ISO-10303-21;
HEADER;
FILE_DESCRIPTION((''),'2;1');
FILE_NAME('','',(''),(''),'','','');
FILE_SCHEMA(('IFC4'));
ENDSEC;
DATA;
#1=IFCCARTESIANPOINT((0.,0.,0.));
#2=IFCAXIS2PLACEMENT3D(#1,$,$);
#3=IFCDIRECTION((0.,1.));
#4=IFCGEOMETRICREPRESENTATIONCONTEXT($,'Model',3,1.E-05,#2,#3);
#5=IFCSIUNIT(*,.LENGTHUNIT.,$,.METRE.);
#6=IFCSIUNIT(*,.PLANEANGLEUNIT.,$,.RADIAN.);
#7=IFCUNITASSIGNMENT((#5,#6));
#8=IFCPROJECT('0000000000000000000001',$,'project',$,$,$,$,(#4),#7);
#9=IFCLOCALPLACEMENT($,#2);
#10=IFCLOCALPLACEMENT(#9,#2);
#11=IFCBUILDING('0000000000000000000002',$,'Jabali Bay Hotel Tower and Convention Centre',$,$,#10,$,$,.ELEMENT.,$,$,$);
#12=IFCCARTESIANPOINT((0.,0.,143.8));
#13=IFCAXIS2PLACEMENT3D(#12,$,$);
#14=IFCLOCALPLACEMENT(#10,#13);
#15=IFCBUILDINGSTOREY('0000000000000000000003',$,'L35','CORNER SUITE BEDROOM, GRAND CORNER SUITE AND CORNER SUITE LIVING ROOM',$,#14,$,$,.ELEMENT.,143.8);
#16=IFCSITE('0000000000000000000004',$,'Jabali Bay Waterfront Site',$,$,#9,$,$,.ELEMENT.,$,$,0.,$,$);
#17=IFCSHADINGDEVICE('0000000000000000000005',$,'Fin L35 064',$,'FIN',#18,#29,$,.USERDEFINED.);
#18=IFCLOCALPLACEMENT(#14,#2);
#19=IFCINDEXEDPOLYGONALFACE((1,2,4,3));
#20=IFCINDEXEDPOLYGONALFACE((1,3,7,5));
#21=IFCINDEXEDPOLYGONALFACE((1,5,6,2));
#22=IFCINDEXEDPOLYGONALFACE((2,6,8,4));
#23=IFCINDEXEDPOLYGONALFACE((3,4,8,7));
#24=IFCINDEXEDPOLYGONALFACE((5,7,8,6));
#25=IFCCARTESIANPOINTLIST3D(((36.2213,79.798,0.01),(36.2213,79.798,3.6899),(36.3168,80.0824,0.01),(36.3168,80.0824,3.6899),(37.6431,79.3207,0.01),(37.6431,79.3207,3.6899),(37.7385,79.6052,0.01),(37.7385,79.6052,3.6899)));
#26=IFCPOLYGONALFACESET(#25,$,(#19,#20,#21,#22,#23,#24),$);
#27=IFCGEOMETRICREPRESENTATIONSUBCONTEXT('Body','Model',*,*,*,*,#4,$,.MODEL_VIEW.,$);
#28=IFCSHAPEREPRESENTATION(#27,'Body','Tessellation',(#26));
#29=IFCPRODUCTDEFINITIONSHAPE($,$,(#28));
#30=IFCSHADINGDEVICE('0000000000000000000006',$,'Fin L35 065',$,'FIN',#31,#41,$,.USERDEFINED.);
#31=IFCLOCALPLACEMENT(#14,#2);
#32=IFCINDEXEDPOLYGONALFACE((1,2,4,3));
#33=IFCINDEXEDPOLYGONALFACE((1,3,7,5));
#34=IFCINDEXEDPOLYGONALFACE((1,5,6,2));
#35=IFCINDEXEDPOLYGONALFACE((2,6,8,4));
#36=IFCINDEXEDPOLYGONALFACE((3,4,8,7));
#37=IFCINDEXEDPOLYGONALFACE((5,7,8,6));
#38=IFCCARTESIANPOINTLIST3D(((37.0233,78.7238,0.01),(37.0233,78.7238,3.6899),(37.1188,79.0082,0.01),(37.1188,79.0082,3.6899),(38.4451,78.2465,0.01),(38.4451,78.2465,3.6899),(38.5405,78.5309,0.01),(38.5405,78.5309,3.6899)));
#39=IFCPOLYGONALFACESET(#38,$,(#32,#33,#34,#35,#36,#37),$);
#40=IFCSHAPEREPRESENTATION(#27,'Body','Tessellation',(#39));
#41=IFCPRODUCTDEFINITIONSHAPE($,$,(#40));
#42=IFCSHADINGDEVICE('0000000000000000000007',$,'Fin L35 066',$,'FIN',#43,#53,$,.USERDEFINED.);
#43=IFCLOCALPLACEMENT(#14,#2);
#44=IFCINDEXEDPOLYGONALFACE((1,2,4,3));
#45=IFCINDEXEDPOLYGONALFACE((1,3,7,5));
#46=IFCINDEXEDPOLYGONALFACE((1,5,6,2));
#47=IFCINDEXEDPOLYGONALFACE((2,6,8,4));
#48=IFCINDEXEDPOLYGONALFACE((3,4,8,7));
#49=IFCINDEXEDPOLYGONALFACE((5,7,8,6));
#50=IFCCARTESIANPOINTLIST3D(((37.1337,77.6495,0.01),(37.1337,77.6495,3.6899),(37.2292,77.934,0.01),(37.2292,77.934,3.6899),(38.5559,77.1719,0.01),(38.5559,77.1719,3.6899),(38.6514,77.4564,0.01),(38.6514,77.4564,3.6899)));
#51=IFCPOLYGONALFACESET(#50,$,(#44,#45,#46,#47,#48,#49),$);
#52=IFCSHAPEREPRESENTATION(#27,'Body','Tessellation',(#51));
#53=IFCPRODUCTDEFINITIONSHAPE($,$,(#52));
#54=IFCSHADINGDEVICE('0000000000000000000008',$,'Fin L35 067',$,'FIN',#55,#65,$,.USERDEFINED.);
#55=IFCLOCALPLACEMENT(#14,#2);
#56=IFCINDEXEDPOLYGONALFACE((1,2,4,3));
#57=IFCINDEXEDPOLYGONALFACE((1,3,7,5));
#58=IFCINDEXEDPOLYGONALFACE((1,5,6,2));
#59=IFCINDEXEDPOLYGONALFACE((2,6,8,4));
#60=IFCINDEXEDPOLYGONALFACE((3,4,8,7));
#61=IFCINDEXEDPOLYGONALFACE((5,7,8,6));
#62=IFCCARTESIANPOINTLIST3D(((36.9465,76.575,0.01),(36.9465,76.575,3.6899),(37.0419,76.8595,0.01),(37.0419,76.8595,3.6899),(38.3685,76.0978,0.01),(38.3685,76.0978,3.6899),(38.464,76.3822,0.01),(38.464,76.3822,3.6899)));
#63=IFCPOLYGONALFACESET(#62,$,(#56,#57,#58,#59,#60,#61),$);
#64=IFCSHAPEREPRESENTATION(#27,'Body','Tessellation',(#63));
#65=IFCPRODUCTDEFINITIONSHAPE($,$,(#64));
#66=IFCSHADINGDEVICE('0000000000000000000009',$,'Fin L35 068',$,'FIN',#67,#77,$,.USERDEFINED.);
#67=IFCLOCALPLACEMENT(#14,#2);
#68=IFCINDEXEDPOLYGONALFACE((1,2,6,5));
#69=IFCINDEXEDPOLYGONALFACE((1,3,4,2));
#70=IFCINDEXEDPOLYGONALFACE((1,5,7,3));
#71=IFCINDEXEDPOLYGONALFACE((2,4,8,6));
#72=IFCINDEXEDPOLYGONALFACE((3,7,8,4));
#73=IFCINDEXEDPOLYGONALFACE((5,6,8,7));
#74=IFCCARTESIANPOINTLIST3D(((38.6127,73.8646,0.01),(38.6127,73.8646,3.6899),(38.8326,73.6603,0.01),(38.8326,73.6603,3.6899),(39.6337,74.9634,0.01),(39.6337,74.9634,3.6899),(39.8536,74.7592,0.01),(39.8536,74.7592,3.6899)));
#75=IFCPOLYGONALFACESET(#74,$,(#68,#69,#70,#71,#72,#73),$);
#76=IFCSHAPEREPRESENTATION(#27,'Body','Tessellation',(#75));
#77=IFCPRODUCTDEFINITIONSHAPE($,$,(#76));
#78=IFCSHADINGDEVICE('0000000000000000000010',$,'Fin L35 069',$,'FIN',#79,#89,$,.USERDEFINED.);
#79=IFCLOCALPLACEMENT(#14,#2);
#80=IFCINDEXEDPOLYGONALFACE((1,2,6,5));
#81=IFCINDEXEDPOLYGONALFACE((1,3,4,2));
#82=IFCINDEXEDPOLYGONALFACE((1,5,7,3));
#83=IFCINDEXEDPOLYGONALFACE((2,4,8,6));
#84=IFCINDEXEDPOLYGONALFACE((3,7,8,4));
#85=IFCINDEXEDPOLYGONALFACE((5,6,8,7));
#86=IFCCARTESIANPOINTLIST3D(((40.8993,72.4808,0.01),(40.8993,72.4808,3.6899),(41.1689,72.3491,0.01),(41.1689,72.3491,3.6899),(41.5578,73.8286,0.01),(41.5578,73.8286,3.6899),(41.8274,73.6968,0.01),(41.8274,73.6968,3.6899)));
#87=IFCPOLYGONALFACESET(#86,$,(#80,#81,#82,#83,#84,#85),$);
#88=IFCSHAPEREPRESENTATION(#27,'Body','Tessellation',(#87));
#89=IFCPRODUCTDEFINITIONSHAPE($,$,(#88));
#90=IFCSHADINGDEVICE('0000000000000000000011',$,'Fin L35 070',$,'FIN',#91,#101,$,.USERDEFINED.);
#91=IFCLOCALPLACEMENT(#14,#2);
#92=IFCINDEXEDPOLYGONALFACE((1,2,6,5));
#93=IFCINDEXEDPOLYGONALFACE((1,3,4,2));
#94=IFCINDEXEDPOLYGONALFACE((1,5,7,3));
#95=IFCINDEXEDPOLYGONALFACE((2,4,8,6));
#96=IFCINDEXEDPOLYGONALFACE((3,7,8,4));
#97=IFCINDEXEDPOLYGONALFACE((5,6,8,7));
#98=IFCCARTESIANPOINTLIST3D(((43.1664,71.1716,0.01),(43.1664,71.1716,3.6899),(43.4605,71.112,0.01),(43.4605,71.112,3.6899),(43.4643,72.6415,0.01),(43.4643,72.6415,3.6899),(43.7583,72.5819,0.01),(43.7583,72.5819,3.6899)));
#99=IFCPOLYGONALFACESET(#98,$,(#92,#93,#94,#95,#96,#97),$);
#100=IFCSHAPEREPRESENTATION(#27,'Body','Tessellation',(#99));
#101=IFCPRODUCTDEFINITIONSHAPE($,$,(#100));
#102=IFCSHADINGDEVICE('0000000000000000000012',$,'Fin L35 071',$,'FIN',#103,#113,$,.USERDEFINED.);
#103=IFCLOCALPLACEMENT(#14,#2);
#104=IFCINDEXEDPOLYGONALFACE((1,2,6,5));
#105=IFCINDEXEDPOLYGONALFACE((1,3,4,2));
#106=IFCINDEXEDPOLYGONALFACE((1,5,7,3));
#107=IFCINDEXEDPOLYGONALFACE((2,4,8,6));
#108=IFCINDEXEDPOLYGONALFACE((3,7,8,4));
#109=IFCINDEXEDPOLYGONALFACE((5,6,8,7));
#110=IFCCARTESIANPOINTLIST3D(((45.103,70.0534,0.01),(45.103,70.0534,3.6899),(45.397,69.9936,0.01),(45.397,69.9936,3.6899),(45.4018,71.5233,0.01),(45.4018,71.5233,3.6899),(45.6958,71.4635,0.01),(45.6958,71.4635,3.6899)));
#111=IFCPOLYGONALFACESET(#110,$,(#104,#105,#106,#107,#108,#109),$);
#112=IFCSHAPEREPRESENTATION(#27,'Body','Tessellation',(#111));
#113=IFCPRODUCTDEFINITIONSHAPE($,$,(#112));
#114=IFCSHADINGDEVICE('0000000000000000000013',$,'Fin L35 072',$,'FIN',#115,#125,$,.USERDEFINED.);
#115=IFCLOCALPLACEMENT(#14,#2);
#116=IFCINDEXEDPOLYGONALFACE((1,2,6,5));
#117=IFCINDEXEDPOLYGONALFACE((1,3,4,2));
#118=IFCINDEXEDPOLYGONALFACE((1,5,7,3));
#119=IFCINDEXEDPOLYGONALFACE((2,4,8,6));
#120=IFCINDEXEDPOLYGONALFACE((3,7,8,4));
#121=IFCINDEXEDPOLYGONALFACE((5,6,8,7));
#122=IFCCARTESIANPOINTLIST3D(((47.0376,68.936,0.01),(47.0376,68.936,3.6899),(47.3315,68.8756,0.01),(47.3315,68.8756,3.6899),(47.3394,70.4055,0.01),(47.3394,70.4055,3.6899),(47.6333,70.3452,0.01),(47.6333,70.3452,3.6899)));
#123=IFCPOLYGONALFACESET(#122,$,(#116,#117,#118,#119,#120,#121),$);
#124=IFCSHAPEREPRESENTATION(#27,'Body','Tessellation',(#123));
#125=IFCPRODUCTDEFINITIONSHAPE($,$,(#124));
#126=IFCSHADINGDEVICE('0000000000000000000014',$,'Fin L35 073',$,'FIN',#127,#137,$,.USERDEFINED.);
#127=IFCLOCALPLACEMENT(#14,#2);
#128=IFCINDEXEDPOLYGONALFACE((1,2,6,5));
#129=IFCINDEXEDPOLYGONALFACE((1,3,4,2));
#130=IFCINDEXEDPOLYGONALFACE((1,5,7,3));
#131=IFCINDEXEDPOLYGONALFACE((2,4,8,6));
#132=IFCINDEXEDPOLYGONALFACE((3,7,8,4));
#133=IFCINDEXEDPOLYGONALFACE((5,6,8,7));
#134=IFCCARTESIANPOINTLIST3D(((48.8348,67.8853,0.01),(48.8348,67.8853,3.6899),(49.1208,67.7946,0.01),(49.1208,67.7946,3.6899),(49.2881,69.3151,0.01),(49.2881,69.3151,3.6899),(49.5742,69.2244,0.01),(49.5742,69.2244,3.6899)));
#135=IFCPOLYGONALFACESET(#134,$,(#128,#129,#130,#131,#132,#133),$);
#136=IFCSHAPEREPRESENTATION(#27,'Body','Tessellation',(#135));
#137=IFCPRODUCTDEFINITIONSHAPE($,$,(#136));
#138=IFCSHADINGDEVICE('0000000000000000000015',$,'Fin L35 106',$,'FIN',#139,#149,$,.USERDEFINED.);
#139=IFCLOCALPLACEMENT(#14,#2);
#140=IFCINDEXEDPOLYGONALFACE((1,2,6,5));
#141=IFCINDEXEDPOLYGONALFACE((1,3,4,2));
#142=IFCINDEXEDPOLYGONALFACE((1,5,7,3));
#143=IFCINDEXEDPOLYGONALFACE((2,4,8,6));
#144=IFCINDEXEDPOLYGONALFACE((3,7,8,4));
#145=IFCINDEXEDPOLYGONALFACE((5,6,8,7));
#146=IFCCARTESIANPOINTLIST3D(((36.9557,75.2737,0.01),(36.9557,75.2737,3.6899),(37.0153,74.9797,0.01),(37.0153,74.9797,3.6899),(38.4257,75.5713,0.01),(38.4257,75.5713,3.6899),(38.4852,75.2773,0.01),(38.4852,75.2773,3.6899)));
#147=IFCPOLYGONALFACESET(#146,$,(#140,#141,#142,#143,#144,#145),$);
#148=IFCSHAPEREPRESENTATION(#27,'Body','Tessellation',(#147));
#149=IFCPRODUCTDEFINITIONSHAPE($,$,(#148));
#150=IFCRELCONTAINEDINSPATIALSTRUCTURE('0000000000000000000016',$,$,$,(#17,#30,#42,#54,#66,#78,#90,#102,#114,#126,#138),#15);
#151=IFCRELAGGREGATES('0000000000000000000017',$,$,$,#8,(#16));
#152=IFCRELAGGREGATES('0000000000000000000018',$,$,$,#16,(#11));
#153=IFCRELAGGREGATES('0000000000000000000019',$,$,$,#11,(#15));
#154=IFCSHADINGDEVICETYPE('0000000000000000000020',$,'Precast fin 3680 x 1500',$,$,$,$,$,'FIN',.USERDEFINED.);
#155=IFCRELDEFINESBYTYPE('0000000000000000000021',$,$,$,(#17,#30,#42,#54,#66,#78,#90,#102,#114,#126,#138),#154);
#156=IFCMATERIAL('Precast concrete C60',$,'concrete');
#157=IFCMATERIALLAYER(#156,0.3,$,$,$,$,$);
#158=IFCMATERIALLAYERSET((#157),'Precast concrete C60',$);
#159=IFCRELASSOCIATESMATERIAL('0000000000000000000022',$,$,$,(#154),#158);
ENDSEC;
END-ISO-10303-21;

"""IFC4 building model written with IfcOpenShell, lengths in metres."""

from ifc_helpers import new_model, si_unit, direction, frame, frame_2d, origin, place, context, subcontext, project, spatial, rectangle, extrude, material, layer, layer_set, type_object, element, save


model = new_model("IFC4")

# Units and contexts
model_context = context("Model", 3, precision=1e-05, world=origin(), true_north=direction((0.0, 1.0)))
body_context = subcontext(model_context, "Body", "Model", "MODEL_VIEW")
ifc_project = project(units=[si_unit("LENGTHUNIT", "METRE"), si_unit("PLANEANGLEUNIT", "RADIAN")], contexts=[model_context])

# Site, building, storey
site_placement = place(None, origin())
site = spatial("IfcSite", under=ifc_project, at=site_placement, Name="Jabali Bay Waterfront Site", CompositionType="ELEMENT", RefElevation=0.0)
building_placement = place(site_placement, origin())
building = spatial("IfcBuilding", under=site, at=building_placement, Name="Jabali Bay Hotel Tower and Convention Centre", CompositionType="ELEMENT")
storey_placement = place(building_placement, frame((0.0, 0.0, 143.8)))
storey = spatial("IfcBuildingStorey", under=building, at=storey_placement, Name="L35", Description="CORNER SUITE BEDROOM, GRAND CORNER SUITE AND CORNER SUITE LIVING ROOM", CompositionType="ELEMENT", Elevation=143.8)

# Shading devices
ifc_material_1 = material(Name="Precast concrete C60", Category="concrete")
ifc_layer_1 = layer(ifc_material_1, 0.3)
ifc_layer_set_1 = layer_set([ifc_layer_1], Name="Precast concrete C60")
shading_device_type = type_object("IfcShadingDeviceType", Name="Precast fin 3680 x 1500", ElementType="FIN", PredefinedType="USERDEFINED", material=ifc_layer_set_1)
for number, where, z_axis, x_axis, name in (
    (1, (37.6909, 79.4629, 0.01), (0.0, 0.0, 1.0), (-0.948014, 0.318229, 0.0), "Fin L35 064"),
    (2, (38.4929, 78.3887, 0.01), (0.0, 0.0, 1.0), (-0.948014, 0.318229, 0.0), "Fin L35 065"),
):
    element("IfcShadingDevice", number, at=place(storey_placement, frame(where, z_axis=z_axis, x_axis=x_axis)), inside=storey, type_object=shading_device_type, Name=name, ObjectType="FIN", PredefinedType="USERDEFINED", context=body_context, shape_type="SweptSolid", body=[
        extrude(rectangle(XDim=1.4998, YDim=0.3, at=frame_2d((0.75, 0.0))), origin(), (0.0, 0.0, 1.0), 3.6799),
    ])
shading_device_1_placement = place(storey_placement, frame((38.6035, 77.3142, 0.01), z_axis=(0.0, 0.0, 1.0), x_axis=(-0.947981, 0.318326, 0.0)))
element("IfcShadingDevice", 3, at=shading_device_1_placement, inside=storey, type_object=shading_device_type, Name="Fin L35 066", ObjectType="FIN", PredefinedType="USERDEFINED", context=body_context, shape_type="SweptSolid", body=[
    extrude(rectangle(XDim=1.5002, YDim=0.3, at=frame_2d((0.75, 0.0))), origin(), (0.0, 0.0, 1.0), 3.6799),
])
for number, where, z_axis, x_axis, name in (
    (4, (38.4163, 76.24, 0.01), (0.0, 0.0, 1.0), (-0.94803, 0.31818, 0.0), "Fin L35 067"),
    (5, (39.7437, 74.8613, 0.01), (0.0, 0.0, 1.0), (-0.68067, -0.732591, 0.0), "Fin L35 068"),
    (6, (41.6926, 73.7627, 0.01), (0.0, 0.0, 1.0), (-0.438991, -0.898491, 0.0), "Fin L35 069"),
):
    element("IfcShadingDevice", number, at=place(storey_placement, frame(where, z_axis=z_axis, x_axis=x_axis)), inside=storey, type_object=shading_device_type, Name=name, ObjectType="FIN", PredefinedType="USERDEFINED", context=body_context, shape_type="SweptSolid", body=[
        extrude(rectangle(XDim=1.5, YDim=0.3, at=frame_2d((0.75, 0.0))), origin(), (0.0, 0.0, 1.0), 3.6799),
    ])
shading_device_2_placement = place(storey_placement, frame((43.6113, 72.6118, 0.01), z_axis=(0.0, 0.0, 1.0), x_axis=(-0.198588, -0.980083, 0.0)))
element("IfcShadingDevice", 7, at=shading_device_2_placement, inside=storey, type_object=shading_device_type, Name="Fin L35 070", ObjectType="FIN", PredefinedType="USERDEFINED", context=body_context, shape_type="SweptSolid", body=[
    extrude(rectangle(XDim=1.4998, YDim=0.3, at=frame_2d((0.75, 0.0))), origin(), (0.0, 0.0, 1.0), 3.6799),
])
shading_device_3_placement = place(storey_placement, frame((45.5488, 71.4934, 0.01), z_axis=(0.0, 0.0, 1.0), x_axis=(-0.199214, -0.979956, 0.0)))
element("IfcShadingDevice", 8, at=shading_device_3_placement, inside=storey, type_object=shading_device_type, Name="Fin L35 071", ObjectType="FIN", PredefinedType="USERDEFINED", context=body_context, shape_type="SweptSolid", body=[
    extrude(rectangle(XDim=1.5, YDim=0.3, at=frame_2d((0.75, 0.0))), origin(), (0.0, 0.0, 1.0), 3.6799),
])
shading_device_4_placement = place(storey_placement, frame((47.4863, 70.3752, 0.01), z_axis=(0.0, 0.0, 1.0), x_axis=(-0.201152, -0.97956, 0.0)))
element("IfcShadingDevice", 9, at=shading_device_4_placement, inside=storey, type_object=shading_device_type, Name="Fin L35 072", ObjectType="FIN", PredefinedType="USERDEFINED", context=body_context, shape_type="SweptSolid", body=[
    extrude(rectangle(XDim=1.5002, YDim=0.3, at=frame_2d((0.75, 0.0))), origin(), (0.0, 0.0, 1.0), 3.6799),
])
shading_device_5_placement = place(storey_placement, frame((49.4312, 69.2698, 0.01), z_axis=(0.0, 0.0, 1.0), x_axis=(-0.302229, -0.953235, 0.0)))
element("IfcShadingDevice", 10, at=shading_device_5_placement, inside=storey, type_object=shading_device_type, Name="Fin L35 073", ObjectType="FIN", PredefinedType="USERDEFINED", context=body_context, shape_type="SweptSolid", body=[
    extrude(rectangle(XDim=1.5, YDim=0.3, at=frame_2d((0.75, 0.0))), origin(), (0.0, 0.0, 1.0), 3.6799),
])
shading_device_6_placement = place(storey_placement, frame((38.4556, 75.4243, 0.01), z_axis=(0.0, 0.0, 1.0), x_axis=(-0.980115, -0.198432, 0.0)))
element("IfcShadingDevice", 11, at=shading_device_6_placement, inside=storey, type_object=shading_device_type, Name="Fin L35 106", ObjectType="FIN", PredefinedType="USERDEFINED", context=body_context, shape_type="SweptSolid", body=[
    extrude(rectangle(XDim=1.4998, YDim=0.3, at=frame_2d((0.75, 0.0))), origin(), (0.0, 0.0, 1.0), 3.6799),
])

save(model, "model.ifc")
